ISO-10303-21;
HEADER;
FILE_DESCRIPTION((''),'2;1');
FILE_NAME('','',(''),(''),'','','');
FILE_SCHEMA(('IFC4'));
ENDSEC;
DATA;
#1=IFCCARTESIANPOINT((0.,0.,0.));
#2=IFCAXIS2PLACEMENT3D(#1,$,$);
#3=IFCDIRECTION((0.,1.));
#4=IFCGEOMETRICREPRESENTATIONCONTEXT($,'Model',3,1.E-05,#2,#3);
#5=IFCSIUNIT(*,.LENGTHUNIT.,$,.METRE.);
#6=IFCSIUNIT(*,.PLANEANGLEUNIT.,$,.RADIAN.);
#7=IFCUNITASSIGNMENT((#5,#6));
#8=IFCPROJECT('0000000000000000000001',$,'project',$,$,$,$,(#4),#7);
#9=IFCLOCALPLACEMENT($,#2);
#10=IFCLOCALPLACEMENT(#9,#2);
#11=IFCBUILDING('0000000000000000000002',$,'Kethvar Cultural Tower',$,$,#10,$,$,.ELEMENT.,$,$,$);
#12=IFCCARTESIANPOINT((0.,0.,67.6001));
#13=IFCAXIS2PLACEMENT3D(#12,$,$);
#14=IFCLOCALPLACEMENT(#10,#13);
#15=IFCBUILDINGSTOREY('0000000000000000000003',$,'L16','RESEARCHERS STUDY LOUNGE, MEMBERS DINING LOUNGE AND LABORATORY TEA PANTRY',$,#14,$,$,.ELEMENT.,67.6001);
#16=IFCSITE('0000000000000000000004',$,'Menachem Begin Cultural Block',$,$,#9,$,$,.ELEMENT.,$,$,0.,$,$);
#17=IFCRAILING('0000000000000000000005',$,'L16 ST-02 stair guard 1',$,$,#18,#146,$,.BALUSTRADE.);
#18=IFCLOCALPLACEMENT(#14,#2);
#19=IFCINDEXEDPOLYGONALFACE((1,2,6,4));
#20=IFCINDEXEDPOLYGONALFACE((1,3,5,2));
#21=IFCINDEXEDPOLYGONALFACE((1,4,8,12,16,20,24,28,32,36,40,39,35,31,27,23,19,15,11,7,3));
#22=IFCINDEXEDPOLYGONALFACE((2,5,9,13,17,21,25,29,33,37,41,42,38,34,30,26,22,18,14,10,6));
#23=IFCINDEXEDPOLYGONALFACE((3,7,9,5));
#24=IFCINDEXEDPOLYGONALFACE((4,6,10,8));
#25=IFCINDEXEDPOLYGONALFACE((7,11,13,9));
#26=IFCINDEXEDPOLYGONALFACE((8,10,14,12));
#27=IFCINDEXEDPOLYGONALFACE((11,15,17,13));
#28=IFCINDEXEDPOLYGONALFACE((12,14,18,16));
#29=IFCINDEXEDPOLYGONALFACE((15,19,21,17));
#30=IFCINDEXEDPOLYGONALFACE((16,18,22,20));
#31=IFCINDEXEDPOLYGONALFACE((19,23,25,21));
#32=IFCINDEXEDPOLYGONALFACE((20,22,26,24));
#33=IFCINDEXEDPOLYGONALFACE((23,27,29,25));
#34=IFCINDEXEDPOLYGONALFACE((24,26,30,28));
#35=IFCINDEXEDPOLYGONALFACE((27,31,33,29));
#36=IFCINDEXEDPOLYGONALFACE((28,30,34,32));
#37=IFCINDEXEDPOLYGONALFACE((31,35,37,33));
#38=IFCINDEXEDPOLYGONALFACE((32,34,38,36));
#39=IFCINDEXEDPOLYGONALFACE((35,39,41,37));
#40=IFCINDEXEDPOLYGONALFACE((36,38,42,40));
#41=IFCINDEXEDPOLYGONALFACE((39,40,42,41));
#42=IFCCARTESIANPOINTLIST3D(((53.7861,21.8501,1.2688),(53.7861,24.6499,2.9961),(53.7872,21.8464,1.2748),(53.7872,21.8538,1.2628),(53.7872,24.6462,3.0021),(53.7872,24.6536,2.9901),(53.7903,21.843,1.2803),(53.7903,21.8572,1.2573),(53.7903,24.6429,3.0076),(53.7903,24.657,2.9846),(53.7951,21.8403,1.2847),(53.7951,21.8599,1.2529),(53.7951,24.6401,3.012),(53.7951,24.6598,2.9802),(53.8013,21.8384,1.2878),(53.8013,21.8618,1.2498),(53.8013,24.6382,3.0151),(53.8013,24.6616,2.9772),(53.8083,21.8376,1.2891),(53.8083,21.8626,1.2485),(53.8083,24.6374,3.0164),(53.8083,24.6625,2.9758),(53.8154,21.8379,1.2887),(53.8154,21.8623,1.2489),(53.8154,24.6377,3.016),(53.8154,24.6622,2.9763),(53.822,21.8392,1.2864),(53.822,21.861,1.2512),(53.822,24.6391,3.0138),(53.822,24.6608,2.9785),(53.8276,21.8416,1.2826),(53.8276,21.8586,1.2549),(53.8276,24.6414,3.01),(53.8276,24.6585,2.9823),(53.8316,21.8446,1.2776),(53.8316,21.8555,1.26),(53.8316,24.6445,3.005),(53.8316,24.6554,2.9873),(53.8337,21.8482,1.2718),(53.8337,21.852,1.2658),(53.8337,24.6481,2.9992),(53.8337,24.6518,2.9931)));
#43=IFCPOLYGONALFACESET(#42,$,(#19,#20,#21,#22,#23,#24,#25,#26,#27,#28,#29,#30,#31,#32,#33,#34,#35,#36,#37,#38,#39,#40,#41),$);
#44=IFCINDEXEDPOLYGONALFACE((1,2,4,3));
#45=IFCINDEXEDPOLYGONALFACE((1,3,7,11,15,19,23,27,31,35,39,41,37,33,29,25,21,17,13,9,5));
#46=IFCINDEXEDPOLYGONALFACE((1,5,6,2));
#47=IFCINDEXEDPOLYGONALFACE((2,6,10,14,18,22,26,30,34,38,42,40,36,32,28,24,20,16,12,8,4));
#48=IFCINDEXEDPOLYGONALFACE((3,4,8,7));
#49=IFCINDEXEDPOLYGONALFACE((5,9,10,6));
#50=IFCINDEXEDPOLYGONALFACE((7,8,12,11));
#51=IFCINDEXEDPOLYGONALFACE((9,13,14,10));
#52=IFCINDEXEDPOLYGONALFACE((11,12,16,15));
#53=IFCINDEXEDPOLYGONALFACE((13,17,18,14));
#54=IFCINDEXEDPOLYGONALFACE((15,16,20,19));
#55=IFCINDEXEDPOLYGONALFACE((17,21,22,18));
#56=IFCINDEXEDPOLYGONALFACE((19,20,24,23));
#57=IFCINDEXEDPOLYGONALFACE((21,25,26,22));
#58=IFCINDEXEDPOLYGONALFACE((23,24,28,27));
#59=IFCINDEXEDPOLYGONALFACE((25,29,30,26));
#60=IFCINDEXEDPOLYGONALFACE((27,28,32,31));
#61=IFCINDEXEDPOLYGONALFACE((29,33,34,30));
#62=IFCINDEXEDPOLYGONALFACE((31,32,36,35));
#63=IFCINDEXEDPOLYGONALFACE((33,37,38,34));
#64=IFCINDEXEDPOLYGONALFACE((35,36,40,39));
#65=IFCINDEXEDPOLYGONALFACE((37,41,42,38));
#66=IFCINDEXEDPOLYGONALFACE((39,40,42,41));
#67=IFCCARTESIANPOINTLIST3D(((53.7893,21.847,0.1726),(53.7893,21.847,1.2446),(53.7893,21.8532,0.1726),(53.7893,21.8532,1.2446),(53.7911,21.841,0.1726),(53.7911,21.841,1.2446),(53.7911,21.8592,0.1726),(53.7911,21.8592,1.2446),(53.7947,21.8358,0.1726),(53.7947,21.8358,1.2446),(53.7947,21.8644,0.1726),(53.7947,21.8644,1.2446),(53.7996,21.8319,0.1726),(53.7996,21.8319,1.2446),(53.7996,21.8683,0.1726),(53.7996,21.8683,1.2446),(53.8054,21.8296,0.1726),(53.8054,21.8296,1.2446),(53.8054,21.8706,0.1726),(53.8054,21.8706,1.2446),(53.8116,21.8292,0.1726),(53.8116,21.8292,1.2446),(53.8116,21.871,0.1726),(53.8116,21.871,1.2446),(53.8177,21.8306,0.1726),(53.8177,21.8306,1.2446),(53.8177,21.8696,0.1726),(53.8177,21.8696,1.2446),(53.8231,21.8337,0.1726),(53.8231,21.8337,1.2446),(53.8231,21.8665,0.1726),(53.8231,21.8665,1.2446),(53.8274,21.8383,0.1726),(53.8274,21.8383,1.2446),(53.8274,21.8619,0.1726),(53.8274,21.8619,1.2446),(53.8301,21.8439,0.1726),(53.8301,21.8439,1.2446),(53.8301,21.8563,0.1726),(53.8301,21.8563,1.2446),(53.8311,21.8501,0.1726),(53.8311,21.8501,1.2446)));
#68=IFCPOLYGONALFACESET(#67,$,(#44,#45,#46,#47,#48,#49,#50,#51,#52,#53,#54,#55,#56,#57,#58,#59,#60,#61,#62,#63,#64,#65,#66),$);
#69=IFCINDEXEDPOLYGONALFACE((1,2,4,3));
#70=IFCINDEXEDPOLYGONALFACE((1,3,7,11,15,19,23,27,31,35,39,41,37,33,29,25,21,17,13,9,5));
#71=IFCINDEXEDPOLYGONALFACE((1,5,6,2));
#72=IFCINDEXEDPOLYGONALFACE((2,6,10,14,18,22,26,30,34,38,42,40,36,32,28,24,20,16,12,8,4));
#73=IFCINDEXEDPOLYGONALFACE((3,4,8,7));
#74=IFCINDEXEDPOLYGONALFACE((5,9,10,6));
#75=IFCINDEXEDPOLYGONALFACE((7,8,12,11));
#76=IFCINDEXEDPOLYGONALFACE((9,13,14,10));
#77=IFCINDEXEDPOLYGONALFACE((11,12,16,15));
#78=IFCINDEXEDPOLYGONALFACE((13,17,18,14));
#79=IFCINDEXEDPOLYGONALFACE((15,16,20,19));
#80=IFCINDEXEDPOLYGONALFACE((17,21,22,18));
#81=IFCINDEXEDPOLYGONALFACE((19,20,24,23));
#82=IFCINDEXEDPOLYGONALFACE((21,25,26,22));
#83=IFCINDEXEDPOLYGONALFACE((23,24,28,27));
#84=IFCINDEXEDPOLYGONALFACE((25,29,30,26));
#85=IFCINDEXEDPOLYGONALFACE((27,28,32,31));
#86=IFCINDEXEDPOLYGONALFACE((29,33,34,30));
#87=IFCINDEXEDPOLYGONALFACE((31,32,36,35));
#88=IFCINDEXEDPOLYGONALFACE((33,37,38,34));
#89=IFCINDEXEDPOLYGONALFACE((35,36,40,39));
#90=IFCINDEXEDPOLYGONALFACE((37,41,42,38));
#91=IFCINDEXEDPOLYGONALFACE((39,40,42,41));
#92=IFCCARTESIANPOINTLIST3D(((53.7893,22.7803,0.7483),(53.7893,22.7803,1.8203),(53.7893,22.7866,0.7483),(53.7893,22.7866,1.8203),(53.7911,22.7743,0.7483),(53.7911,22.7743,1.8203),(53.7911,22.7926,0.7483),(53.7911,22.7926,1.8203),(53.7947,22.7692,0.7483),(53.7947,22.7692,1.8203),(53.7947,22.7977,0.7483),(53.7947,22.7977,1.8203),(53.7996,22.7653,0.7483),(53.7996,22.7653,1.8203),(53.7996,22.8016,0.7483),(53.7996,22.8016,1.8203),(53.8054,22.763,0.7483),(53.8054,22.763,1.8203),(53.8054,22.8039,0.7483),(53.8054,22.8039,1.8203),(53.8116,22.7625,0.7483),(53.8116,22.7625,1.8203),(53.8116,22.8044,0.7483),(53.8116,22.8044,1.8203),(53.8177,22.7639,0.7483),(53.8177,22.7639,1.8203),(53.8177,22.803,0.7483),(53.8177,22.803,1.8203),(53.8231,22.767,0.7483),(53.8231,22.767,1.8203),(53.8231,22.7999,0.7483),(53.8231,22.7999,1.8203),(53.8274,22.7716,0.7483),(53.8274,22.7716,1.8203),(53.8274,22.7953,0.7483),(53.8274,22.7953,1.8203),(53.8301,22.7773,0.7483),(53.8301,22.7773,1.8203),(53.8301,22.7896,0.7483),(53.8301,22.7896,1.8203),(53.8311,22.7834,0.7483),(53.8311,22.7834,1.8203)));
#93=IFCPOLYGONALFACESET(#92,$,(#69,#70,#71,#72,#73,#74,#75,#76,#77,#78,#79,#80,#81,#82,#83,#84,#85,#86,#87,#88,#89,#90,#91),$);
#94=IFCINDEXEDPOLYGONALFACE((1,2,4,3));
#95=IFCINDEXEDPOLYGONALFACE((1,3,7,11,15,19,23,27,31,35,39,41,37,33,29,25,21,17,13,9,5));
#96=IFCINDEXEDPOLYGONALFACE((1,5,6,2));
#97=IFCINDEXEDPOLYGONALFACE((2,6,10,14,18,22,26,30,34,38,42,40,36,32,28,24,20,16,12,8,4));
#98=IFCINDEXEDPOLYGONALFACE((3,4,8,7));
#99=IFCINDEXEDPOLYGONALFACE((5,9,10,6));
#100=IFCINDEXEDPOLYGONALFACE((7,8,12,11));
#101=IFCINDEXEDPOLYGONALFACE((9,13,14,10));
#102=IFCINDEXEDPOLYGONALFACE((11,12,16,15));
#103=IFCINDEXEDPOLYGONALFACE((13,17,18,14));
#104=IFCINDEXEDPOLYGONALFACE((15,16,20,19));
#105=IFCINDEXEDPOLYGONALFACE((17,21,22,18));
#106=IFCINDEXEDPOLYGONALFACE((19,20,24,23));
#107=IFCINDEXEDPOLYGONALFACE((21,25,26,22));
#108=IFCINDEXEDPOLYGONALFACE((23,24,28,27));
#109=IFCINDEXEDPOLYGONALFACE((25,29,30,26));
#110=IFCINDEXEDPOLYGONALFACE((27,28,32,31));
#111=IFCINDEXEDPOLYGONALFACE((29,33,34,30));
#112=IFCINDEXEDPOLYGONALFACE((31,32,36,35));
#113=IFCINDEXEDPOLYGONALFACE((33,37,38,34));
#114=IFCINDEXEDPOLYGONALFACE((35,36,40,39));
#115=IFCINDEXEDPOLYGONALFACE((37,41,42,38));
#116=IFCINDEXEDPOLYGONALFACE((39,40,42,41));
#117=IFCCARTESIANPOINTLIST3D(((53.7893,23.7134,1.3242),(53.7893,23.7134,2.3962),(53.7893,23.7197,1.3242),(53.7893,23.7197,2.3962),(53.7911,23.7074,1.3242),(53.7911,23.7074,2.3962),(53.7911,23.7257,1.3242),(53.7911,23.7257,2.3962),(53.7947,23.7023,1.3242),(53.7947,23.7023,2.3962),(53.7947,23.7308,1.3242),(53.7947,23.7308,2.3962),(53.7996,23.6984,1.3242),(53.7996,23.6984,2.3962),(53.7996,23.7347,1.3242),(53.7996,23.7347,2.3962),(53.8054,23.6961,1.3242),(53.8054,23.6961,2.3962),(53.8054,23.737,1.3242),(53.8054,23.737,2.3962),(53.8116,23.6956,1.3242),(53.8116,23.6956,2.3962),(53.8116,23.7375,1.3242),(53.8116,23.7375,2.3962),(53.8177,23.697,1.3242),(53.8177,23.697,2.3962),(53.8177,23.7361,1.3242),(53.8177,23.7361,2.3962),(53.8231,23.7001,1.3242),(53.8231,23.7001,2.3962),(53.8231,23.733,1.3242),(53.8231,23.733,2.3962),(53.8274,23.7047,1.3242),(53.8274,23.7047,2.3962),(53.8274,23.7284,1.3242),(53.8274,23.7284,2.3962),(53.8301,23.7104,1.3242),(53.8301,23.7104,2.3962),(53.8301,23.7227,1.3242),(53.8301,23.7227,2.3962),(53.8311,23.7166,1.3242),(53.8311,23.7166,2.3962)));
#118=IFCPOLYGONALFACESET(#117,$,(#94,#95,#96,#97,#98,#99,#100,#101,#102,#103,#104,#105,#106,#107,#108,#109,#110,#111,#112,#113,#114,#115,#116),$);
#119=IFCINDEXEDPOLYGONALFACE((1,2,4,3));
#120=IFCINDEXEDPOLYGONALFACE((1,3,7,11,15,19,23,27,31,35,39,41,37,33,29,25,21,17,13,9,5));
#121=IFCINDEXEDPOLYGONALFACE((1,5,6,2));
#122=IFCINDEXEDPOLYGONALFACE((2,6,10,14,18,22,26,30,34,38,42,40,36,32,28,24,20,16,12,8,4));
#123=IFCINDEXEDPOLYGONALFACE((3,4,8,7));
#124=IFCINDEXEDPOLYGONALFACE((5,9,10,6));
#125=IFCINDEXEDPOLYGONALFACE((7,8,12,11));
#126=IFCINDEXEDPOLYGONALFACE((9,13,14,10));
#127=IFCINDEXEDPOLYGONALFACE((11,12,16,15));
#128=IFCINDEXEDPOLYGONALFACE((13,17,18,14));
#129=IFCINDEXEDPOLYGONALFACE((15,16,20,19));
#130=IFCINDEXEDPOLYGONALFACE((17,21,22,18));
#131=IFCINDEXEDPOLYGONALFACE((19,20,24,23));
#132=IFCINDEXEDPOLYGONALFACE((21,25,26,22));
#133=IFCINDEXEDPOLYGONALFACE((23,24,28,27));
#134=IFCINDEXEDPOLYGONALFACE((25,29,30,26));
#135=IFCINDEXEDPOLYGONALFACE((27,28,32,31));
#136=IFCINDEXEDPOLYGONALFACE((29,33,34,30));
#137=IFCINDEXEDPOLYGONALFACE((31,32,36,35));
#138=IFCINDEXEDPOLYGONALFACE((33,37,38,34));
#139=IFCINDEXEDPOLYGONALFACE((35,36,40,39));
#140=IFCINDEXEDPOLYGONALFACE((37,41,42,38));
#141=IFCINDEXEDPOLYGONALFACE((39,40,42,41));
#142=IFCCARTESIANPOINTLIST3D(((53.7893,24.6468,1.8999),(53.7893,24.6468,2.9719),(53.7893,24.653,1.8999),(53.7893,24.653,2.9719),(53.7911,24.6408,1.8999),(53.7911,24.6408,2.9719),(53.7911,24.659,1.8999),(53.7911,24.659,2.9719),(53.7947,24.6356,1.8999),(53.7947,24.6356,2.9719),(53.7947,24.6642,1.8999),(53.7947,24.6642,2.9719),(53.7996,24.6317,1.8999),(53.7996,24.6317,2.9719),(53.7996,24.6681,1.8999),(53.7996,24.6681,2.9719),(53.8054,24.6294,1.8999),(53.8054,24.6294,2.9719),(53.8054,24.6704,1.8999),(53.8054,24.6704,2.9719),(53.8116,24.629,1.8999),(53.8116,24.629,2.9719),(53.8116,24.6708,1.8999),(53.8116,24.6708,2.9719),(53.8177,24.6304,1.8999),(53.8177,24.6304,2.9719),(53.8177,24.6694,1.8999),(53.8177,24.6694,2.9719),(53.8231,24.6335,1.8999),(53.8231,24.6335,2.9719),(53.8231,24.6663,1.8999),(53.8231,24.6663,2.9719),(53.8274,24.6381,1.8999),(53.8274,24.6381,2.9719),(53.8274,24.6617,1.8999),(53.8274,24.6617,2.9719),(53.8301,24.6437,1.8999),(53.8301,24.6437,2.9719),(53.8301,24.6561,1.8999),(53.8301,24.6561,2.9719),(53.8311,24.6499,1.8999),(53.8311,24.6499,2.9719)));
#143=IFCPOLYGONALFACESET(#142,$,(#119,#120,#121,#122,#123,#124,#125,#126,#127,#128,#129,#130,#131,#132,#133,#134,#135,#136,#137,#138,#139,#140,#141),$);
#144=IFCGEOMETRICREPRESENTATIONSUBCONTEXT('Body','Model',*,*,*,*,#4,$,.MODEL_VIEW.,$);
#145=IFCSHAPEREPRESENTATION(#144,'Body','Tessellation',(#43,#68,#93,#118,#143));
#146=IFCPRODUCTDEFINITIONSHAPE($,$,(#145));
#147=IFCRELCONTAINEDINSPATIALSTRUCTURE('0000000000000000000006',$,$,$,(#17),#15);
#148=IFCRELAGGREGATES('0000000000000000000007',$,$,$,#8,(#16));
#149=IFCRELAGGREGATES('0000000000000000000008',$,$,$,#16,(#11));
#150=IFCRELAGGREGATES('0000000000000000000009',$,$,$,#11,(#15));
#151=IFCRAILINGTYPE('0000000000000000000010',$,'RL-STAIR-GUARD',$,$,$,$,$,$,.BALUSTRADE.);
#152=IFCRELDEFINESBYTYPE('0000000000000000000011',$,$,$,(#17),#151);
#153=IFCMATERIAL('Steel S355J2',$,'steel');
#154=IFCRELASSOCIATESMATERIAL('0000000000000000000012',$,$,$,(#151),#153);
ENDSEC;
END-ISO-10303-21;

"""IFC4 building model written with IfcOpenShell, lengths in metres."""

from ifc_helpers import new_model, si_unit, direction, frame, origin, origin_2d, place, context, subcontext, project, spatial, circle, extrude, material, type_object, element, save


model = new_model("IFC4")

# Units and contexts
model_context = context("Model", 3, precision=1e-05, world=origin(), true_north=direction((0.0, 1.0)))
body_context = subcontext(model_context, "Body", "Model", "MODEL_VIEW")
ifc_project = project(units=[si_unit("LENGTHUNIT", "METRE"), si_unit("PLANEANGLEUNIT", "RADIAN")], contexts=[model_context])

# Site, building, storey
site_placement = place(None, origin())
site = spatial("IfcSite", under=ifc_project, at=site_placement, Name="Menachem Begin Cultural Block", CompositionType="ELEMENT", RefElevation=0.0)
building_placement = place(site_placement, origin())
building = spatial("IfcBuilding", under=site, at=building_placement, Name="Kethvar Cultural Tower", CompositionType="ELEMENT")
storey_placement = place(building_placement, frame((0.0, 0.0, 67.6001)))
storey = spatial("IfcBuildingStorey", under=building, at=storey_placement, Name="L16", Description="RESEARCHERS STUDY LOUNGE, MEMBERS DINING LOUNGE AND LABORATORY TEA PANTRY", CompositionType="ELEMENT", Elevation=67.6001)

# Shared definitions
ifc_material_1 = material(Name="Steel S355J2", Category="steel")

# Railing
railing_type_1 = type_object("IfcRailingType", Name="RL-STAIR-GUARD", PredefinedType="BALUSTRADE", material=ifc_material_1)
railing_1_placement = place(storey_placement, frame((53.8101, 21.8501, 0.1726)))
element("IfcRailing", 1, at=railing_1_placement, inside=storey, type_object=railing_type_1, Name="L16 ST-02 stair guard 1", PredefinedType="BALUSTRADE", context=body_context, shape_type="SweptSolid", body=[
    extrude(circle(Radius=0.0239, at=origin_2d()), frame((0.0, 0.0, 1.0962), z_axis=(0.0, 0.851069, 0.525054), x_axis=(-1.0, 0.0, 0.0)), (0.0, 0.0, 1.0), 3.2898),
    extrude(circle(Radius=0.021, at=origin_2d()), origin(), (0.0, 0.0, 1.0), 1.072),
    extrude(circle(Radius=0.021, at=origin_2d()), frame((0.0, 0.9333, 0.5757)), (0.0, 0.0, 1.0), 1.072),
    extrude(circle(Radius=0.021, at=origin_2d()), frame((0.0, 1.8665, 1.1516)), (0.0, 0.0, 1.0), 1.072),
    extrude(circle(Radius=0.021, at=origin_2d()), frame((0.0, 2.7998, 1.7273)), (0.0, 0.0, 1.0), 1.072),
])

save(model, "model.ifc")
